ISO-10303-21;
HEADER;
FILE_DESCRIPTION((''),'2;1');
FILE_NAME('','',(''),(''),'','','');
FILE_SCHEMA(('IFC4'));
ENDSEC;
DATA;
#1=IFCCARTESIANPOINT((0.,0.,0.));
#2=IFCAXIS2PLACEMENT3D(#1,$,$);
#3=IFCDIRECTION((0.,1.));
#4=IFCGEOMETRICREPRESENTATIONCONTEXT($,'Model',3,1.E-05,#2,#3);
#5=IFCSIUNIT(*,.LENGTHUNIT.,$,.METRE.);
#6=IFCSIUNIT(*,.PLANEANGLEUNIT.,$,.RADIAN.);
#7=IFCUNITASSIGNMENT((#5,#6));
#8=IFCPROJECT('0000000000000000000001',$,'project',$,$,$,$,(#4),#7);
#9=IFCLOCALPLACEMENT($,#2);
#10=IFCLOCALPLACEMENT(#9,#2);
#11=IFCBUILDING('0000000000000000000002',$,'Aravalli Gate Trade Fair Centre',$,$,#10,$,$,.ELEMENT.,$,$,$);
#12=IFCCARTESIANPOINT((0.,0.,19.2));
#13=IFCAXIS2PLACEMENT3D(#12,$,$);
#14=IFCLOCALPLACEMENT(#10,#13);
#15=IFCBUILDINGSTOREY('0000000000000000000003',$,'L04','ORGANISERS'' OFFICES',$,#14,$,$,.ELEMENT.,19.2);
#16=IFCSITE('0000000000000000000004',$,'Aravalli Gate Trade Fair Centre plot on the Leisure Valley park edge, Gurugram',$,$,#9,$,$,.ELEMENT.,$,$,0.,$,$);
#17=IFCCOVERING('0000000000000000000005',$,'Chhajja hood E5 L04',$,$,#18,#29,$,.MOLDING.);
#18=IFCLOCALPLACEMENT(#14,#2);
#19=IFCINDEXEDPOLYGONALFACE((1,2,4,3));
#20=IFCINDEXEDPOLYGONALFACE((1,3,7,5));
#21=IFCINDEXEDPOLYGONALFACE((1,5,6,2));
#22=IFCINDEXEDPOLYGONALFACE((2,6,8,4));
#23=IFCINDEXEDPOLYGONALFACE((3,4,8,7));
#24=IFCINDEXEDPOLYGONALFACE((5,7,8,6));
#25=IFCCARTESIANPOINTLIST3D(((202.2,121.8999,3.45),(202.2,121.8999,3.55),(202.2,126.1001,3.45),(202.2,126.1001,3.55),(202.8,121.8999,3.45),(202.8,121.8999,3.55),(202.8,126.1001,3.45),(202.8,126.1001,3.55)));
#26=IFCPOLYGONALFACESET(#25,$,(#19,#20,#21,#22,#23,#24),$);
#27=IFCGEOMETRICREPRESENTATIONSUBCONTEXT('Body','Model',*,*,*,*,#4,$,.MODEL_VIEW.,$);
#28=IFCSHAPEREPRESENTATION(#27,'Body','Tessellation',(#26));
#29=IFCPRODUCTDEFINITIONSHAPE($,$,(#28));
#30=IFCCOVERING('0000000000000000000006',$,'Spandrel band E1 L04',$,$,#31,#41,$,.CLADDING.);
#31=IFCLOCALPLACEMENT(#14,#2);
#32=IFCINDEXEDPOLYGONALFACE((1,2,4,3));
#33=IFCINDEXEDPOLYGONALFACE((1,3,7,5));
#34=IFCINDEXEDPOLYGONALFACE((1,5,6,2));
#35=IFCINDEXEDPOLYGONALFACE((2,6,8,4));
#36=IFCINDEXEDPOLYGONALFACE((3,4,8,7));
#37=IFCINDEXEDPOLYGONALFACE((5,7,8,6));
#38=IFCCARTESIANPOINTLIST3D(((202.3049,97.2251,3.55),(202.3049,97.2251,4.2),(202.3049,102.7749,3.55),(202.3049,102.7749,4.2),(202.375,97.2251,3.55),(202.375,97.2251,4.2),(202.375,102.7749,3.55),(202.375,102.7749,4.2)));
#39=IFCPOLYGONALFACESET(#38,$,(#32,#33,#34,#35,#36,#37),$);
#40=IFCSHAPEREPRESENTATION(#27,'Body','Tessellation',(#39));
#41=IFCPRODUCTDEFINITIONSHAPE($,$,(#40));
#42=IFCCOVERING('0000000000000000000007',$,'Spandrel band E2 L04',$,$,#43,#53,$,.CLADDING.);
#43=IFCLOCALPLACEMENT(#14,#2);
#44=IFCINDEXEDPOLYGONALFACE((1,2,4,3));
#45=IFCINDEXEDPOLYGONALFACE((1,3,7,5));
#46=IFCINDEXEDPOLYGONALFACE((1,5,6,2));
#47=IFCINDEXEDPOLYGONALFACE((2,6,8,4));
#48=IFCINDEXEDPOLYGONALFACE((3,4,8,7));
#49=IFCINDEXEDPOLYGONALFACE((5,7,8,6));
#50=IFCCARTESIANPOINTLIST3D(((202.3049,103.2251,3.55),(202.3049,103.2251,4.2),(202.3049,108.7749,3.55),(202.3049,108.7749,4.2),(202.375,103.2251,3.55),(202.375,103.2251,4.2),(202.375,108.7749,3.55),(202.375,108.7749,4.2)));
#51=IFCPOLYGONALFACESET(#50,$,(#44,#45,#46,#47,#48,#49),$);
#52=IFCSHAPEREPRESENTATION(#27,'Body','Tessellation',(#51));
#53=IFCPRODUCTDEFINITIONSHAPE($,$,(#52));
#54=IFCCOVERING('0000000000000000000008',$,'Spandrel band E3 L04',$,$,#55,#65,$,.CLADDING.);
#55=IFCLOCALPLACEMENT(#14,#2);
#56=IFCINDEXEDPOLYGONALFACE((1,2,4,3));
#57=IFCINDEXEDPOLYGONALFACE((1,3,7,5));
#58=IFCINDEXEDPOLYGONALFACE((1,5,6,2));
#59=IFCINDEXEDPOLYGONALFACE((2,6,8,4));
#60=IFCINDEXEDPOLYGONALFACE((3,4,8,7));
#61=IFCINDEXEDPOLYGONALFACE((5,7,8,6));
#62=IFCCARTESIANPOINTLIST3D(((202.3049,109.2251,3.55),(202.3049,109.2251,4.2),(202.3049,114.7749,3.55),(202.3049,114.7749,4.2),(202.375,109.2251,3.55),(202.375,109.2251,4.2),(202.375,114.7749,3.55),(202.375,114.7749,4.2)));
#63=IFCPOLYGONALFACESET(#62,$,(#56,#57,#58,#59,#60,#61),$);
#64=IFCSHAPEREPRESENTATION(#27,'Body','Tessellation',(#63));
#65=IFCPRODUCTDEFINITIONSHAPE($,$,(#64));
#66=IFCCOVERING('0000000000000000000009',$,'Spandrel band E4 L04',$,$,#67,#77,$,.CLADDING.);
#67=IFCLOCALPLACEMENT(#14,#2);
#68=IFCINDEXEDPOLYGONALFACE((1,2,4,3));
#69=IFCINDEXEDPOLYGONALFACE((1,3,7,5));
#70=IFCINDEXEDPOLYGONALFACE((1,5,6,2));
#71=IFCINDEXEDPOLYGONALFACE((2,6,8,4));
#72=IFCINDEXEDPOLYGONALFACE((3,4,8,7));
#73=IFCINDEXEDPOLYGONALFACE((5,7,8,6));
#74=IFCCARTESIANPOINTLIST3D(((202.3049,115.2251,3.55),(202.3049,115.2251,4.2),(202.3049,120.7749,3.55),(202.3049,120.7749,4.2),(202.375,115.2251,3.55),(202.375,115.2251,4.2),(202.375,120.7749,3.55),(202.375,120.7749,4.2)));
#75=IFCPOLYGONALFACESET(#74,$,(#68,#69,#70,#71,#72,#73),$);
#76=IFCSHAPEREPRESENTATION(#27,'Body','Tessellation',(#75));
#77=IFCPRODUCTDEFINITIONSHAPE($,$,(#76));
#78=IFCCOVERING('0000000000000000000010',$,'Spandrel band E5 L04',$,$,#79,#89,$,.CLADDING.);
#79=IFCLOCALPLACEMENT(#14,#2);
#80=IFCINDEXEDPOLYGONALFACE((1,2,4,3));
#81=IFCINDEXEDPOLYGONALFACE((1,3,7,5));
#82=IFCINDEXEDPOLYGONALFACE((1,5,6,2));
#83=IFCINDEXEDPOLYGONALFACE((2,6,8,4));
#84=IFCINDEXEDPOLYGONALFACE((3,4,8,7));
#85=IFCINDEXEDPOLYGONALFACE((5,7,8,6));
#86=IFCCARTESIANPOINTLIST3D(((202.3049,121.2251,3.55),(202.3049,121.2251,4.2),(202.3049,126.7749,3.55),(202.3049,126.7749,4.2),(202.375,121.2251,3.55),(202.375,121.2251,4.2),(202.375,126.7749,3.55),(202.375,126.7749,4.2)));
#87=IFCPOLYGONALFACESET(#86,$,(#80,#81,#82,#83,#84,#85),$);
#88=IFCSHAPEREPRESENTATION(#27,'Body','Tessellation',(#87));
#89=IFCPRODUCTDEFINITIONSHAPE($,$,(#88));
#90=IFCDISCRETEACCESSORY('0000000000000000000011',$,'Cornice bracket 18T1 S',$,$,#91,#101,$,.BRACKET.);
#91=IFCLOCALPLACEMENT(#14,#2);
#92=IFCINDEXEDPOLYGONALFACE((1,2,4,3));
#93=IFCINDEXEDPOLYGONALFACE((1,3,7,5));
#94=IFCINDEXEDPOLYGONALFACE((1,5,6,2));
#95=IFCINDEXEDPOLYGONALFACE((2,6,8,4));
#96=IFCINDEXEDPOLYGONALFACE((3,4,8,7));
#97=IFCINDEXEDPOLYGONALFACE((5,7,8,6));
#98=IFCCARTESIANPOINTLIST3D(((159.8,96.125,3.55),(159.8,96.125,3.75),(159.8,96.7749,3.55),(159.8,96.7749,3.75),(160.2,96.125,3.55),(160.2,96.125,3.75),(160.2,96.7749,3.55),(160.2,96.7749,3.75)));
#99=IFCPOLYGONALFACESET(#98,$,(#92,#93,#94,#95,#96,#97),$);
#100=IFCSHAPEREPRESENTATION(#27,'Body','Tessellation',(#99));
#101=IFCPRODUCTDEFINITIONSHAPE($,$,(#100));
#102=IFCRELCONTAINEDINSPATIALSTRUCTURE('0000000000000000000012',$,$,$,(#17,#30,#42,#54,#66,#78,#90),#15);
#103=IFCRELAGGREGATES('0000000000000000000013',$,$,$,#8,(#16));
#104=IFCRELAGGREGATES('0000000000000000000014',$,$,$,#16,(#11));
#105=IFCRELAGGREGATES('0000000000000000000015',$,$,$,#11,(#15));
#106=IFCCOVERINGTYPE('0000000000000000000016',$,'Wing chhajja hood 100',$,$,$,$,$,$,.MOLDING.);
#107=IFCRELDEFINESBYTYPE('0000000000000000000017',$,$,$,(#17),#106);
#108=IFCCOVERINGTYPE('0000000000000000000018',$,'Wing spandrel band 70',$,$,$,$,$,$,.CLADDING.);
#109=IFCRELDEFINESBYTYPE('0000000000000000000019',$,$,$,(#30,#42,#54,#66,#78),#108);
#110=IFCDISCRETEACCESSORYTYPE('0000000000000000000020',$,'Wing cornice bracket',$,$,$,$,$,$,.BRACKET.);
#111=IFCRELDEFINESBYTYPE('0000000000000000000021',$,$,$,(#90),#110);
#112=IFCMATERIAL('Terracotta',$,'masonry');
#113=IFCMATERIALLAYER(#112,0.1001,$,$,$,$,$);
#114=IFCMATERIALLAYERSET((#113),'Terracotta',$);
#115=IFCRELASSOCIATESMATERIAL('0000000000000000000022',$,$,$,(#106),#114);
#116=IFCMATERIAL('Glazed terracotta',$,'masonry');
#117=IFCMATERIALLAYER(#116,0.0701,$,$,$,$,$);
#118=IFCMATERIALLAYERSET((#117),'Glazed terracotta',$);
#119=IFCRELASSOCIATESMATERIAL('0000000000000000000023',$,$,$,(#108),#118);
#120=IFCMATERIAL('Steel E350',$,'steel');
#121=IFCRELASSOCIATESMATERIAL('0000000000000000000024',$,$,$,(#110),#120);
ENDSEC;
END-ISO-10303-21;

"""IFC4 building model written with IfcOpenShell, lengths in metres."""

from ifc_helpers import new_model, si_unit, direction, frame, origin, place, context, subcontext, project, spatial, polyline, outline, extrude, material, layer, layer_set, type_object, element, save


model = new_model("IFC4")

# Units and contexts
model_context = context("Model", 3, precision=1e-05, world=origin(), true_north=direction((0.0, 1.0)))
body_context = subcontext(model_context, "Body", "Model", "MODEL_VIEW")
ifc_project = project(units=[si_unit("LENGTHUNIT", "METRE"), si_unit("PLANEANGLEUNIT", "RADIAN")], contexts=[model_context])

# Site, building, storey
site_placement = place(None, origin())
site = spatial("IfcSite", under=ifc_project, at=site_placement, Name="Aravalli Gate Trade Fair Centre plot on the Leisure Valley park edge, Gurugram", CompositionType="ELEMENT", RefElevation=0.0)
building_placement = place(site_placement, origin())
building = spatial("IfcBuilding", under=site, at=building_placement, Name="Aravalli Gate Trade Fair Centre", CompositionType="ELEMENT")
storey_placement = place(building_placement, frame((0.0, 0.0, 19.2)))
storey = spatial("IfcBuildingStorey", under=building, at=storey_placement, Name="L04", Description="ORGANISERS' OFFICES", CompositionType="ELEMENT", Elevation=19.2)

# Coverings
ifc_material_1 = material(Name="Terracotta", Category="masonry")
ifc_layer_1 = layer(ifc_material_1, 0.1001)
ifc_layer_set_1 = layer_set([ifc_layer_1], Name="Terracotta")
covering_type_1 = type_object("IfcCoveringType", Name="Wing chhajja hood 100", PredefinedType="MOLDING", material=ifc_layer_set_1)
covering_1_placement = place(storey_placement, frame((0.0, 0.0, 3.45)))
element("IfcCovering", 1, at=covering_1_placement, inside=storey, type_object=covering_type_1, Name="Chhajja hood E5 L04", PredefinedType="MOLDING", context=body_context, shape_type="SweptSolid", body=[
    extrude(outline(polyline([(202.2, 121.8999), (202.8, 121.8999), (202.8, 126.1001), (202.2, 126.1001), (202.2, 121.8999)])), origin(), (0.0, 0.0, 1.0), 0.1001),
])
ifc_material_2 = material(Name="Glazed terracotta", Category="masonry")
ifc_layer_2 = layer(ifc_material_2, 0.0701)
ifc_layer_set_2 = layer_set([ifc_layer_2], Name="Glazed terracotta")
covering_type_2 = type_object("IfcCoveringType", Name="Wing spandrel band 70", PredefinedType="CLADDING", material=ifc_layer_set_2)
covering_2_placement = place(storey_placement, frame((0.0, 0.0, 3.55)))
element("IfcCovering", 2, at=covering_2_placement, inside=storey, type_object=covering_type_2, Name="Spandrel band E1 L04", PredefinedType="CLADDING", context=body_context, shape_type="SweptSolid", body=[
    extrude(outline(polyline([(202.3049, 97.2251), (202.375, 97.2251), (202.375, 102.7749), (202.3049, 102.7749), (202.3049, 97.2251)])), origin(), (0.0, 0.0, 1.0), 0.6499),
])
covering_3_placement = place(storey_placement, frame((0.0, 0.0, 3.55)))
element("IfcCovering", 3, at=covering_3_placement, inside=storey, type_object=covering_type_2, Name="Spandrel band E2 L04", PredefinedType="CLADDING", context=body_context, shape_type="SweptSolid", body=[
    extrude(outline(polyline([(202.3049, 103.2251), (202.375, 103.2251), (202.375, 108.7749), (202.3049, 108.7749), (202.3049, 103.2251)])), origin(), (0.0, 0.0, 1.0), 0.6499),
])
covering_4_placement = place(storey_placement, frame((0.0, 0.0, 3.55)))
element("IfcCovering", 4, at=covering_4_placement, inside=storey, type_object=covering_type_2, Name="Spandrel band E3 L04", PredefinedType="CLADDING", context=body_context, shape_type="SweptSolid", body=[
    extrude(outline(polyline([(202.3049, 109.2251), (202.375, 109.2251), (202.375, 114.7749), (202.3049, 114.7749), (202.3049, 109.2251)])), origin(), (0.0, 0.0, 1.0), 0.6499),
])
covering_5_placement = place(storey_placement, frame((0.0, 0.0, 3.55)))
element("IfcCovering", 5, at=covering_5_placement, inside=storey, type_object=covering_type_2, Name="Spandrel band E4 L04", PredefinedType="CLADDING", context=body_context, shape_type="SweptSolid", body=[
    extrude(outline(polyline([(202.3049, 115.2251), (202.375, 115.2251), (202.375, 120.7749), (202.3049, 120.7749), (202.3049, 115.2251)])), origin(), (0.0, 0.0, 1.0), 0.6499),
])
covering_6_placement = place(storey_placement, frame((0.0, 0.0, 3.55)))
element("IfcCovering", 6, at=covering_6_placement, inside=storey, type_object=covering_type_2, Name="Spandrel band E5 L04", PredefinedType="CLADDING", context=body_context, shape_type="SweptSolid", body=[
    extrude(outline(polyline([(202.3049, 121.2251), (202.375, 121.2251), (202.375, 126.7749), (202.3049, 126.7749), (202.3049, 121.2251)])), origin(), (0.0, 0.0, 1.0), 0.6499),
])

# Discrete accessory
ifc_material_3 = material(Name="Steel E350", Category="steel")
discrete_accessory_type = type_object("IfcDiscreteAccessoryType", Name="Wing cornice bracket", PredefinedType="BRACKET", material=ifc_material_3)
discrete_accessory_placement = place(storey_placement, frame((0.0, 0.0, 3.55)))
element("IfcDiscreteAccessory", 7, at=discrete_accessory_placement, inside=storey, type_object=discrete_accessory_type, Name="Cornice bracket 18T1 S", PredefinedType="BRACKET", context=body_context, shape_type="SweptSolid", body=[
    extrude(outline(polyline([(159.8, 96.125), (160.2, 96.125), (160.2, 96.7749), (159.8, 96.7749), (159.8, 96.125)])), origin(), (0.0, 0.0, 1.0), 0.2),
])

save(model, "model.ifc")
